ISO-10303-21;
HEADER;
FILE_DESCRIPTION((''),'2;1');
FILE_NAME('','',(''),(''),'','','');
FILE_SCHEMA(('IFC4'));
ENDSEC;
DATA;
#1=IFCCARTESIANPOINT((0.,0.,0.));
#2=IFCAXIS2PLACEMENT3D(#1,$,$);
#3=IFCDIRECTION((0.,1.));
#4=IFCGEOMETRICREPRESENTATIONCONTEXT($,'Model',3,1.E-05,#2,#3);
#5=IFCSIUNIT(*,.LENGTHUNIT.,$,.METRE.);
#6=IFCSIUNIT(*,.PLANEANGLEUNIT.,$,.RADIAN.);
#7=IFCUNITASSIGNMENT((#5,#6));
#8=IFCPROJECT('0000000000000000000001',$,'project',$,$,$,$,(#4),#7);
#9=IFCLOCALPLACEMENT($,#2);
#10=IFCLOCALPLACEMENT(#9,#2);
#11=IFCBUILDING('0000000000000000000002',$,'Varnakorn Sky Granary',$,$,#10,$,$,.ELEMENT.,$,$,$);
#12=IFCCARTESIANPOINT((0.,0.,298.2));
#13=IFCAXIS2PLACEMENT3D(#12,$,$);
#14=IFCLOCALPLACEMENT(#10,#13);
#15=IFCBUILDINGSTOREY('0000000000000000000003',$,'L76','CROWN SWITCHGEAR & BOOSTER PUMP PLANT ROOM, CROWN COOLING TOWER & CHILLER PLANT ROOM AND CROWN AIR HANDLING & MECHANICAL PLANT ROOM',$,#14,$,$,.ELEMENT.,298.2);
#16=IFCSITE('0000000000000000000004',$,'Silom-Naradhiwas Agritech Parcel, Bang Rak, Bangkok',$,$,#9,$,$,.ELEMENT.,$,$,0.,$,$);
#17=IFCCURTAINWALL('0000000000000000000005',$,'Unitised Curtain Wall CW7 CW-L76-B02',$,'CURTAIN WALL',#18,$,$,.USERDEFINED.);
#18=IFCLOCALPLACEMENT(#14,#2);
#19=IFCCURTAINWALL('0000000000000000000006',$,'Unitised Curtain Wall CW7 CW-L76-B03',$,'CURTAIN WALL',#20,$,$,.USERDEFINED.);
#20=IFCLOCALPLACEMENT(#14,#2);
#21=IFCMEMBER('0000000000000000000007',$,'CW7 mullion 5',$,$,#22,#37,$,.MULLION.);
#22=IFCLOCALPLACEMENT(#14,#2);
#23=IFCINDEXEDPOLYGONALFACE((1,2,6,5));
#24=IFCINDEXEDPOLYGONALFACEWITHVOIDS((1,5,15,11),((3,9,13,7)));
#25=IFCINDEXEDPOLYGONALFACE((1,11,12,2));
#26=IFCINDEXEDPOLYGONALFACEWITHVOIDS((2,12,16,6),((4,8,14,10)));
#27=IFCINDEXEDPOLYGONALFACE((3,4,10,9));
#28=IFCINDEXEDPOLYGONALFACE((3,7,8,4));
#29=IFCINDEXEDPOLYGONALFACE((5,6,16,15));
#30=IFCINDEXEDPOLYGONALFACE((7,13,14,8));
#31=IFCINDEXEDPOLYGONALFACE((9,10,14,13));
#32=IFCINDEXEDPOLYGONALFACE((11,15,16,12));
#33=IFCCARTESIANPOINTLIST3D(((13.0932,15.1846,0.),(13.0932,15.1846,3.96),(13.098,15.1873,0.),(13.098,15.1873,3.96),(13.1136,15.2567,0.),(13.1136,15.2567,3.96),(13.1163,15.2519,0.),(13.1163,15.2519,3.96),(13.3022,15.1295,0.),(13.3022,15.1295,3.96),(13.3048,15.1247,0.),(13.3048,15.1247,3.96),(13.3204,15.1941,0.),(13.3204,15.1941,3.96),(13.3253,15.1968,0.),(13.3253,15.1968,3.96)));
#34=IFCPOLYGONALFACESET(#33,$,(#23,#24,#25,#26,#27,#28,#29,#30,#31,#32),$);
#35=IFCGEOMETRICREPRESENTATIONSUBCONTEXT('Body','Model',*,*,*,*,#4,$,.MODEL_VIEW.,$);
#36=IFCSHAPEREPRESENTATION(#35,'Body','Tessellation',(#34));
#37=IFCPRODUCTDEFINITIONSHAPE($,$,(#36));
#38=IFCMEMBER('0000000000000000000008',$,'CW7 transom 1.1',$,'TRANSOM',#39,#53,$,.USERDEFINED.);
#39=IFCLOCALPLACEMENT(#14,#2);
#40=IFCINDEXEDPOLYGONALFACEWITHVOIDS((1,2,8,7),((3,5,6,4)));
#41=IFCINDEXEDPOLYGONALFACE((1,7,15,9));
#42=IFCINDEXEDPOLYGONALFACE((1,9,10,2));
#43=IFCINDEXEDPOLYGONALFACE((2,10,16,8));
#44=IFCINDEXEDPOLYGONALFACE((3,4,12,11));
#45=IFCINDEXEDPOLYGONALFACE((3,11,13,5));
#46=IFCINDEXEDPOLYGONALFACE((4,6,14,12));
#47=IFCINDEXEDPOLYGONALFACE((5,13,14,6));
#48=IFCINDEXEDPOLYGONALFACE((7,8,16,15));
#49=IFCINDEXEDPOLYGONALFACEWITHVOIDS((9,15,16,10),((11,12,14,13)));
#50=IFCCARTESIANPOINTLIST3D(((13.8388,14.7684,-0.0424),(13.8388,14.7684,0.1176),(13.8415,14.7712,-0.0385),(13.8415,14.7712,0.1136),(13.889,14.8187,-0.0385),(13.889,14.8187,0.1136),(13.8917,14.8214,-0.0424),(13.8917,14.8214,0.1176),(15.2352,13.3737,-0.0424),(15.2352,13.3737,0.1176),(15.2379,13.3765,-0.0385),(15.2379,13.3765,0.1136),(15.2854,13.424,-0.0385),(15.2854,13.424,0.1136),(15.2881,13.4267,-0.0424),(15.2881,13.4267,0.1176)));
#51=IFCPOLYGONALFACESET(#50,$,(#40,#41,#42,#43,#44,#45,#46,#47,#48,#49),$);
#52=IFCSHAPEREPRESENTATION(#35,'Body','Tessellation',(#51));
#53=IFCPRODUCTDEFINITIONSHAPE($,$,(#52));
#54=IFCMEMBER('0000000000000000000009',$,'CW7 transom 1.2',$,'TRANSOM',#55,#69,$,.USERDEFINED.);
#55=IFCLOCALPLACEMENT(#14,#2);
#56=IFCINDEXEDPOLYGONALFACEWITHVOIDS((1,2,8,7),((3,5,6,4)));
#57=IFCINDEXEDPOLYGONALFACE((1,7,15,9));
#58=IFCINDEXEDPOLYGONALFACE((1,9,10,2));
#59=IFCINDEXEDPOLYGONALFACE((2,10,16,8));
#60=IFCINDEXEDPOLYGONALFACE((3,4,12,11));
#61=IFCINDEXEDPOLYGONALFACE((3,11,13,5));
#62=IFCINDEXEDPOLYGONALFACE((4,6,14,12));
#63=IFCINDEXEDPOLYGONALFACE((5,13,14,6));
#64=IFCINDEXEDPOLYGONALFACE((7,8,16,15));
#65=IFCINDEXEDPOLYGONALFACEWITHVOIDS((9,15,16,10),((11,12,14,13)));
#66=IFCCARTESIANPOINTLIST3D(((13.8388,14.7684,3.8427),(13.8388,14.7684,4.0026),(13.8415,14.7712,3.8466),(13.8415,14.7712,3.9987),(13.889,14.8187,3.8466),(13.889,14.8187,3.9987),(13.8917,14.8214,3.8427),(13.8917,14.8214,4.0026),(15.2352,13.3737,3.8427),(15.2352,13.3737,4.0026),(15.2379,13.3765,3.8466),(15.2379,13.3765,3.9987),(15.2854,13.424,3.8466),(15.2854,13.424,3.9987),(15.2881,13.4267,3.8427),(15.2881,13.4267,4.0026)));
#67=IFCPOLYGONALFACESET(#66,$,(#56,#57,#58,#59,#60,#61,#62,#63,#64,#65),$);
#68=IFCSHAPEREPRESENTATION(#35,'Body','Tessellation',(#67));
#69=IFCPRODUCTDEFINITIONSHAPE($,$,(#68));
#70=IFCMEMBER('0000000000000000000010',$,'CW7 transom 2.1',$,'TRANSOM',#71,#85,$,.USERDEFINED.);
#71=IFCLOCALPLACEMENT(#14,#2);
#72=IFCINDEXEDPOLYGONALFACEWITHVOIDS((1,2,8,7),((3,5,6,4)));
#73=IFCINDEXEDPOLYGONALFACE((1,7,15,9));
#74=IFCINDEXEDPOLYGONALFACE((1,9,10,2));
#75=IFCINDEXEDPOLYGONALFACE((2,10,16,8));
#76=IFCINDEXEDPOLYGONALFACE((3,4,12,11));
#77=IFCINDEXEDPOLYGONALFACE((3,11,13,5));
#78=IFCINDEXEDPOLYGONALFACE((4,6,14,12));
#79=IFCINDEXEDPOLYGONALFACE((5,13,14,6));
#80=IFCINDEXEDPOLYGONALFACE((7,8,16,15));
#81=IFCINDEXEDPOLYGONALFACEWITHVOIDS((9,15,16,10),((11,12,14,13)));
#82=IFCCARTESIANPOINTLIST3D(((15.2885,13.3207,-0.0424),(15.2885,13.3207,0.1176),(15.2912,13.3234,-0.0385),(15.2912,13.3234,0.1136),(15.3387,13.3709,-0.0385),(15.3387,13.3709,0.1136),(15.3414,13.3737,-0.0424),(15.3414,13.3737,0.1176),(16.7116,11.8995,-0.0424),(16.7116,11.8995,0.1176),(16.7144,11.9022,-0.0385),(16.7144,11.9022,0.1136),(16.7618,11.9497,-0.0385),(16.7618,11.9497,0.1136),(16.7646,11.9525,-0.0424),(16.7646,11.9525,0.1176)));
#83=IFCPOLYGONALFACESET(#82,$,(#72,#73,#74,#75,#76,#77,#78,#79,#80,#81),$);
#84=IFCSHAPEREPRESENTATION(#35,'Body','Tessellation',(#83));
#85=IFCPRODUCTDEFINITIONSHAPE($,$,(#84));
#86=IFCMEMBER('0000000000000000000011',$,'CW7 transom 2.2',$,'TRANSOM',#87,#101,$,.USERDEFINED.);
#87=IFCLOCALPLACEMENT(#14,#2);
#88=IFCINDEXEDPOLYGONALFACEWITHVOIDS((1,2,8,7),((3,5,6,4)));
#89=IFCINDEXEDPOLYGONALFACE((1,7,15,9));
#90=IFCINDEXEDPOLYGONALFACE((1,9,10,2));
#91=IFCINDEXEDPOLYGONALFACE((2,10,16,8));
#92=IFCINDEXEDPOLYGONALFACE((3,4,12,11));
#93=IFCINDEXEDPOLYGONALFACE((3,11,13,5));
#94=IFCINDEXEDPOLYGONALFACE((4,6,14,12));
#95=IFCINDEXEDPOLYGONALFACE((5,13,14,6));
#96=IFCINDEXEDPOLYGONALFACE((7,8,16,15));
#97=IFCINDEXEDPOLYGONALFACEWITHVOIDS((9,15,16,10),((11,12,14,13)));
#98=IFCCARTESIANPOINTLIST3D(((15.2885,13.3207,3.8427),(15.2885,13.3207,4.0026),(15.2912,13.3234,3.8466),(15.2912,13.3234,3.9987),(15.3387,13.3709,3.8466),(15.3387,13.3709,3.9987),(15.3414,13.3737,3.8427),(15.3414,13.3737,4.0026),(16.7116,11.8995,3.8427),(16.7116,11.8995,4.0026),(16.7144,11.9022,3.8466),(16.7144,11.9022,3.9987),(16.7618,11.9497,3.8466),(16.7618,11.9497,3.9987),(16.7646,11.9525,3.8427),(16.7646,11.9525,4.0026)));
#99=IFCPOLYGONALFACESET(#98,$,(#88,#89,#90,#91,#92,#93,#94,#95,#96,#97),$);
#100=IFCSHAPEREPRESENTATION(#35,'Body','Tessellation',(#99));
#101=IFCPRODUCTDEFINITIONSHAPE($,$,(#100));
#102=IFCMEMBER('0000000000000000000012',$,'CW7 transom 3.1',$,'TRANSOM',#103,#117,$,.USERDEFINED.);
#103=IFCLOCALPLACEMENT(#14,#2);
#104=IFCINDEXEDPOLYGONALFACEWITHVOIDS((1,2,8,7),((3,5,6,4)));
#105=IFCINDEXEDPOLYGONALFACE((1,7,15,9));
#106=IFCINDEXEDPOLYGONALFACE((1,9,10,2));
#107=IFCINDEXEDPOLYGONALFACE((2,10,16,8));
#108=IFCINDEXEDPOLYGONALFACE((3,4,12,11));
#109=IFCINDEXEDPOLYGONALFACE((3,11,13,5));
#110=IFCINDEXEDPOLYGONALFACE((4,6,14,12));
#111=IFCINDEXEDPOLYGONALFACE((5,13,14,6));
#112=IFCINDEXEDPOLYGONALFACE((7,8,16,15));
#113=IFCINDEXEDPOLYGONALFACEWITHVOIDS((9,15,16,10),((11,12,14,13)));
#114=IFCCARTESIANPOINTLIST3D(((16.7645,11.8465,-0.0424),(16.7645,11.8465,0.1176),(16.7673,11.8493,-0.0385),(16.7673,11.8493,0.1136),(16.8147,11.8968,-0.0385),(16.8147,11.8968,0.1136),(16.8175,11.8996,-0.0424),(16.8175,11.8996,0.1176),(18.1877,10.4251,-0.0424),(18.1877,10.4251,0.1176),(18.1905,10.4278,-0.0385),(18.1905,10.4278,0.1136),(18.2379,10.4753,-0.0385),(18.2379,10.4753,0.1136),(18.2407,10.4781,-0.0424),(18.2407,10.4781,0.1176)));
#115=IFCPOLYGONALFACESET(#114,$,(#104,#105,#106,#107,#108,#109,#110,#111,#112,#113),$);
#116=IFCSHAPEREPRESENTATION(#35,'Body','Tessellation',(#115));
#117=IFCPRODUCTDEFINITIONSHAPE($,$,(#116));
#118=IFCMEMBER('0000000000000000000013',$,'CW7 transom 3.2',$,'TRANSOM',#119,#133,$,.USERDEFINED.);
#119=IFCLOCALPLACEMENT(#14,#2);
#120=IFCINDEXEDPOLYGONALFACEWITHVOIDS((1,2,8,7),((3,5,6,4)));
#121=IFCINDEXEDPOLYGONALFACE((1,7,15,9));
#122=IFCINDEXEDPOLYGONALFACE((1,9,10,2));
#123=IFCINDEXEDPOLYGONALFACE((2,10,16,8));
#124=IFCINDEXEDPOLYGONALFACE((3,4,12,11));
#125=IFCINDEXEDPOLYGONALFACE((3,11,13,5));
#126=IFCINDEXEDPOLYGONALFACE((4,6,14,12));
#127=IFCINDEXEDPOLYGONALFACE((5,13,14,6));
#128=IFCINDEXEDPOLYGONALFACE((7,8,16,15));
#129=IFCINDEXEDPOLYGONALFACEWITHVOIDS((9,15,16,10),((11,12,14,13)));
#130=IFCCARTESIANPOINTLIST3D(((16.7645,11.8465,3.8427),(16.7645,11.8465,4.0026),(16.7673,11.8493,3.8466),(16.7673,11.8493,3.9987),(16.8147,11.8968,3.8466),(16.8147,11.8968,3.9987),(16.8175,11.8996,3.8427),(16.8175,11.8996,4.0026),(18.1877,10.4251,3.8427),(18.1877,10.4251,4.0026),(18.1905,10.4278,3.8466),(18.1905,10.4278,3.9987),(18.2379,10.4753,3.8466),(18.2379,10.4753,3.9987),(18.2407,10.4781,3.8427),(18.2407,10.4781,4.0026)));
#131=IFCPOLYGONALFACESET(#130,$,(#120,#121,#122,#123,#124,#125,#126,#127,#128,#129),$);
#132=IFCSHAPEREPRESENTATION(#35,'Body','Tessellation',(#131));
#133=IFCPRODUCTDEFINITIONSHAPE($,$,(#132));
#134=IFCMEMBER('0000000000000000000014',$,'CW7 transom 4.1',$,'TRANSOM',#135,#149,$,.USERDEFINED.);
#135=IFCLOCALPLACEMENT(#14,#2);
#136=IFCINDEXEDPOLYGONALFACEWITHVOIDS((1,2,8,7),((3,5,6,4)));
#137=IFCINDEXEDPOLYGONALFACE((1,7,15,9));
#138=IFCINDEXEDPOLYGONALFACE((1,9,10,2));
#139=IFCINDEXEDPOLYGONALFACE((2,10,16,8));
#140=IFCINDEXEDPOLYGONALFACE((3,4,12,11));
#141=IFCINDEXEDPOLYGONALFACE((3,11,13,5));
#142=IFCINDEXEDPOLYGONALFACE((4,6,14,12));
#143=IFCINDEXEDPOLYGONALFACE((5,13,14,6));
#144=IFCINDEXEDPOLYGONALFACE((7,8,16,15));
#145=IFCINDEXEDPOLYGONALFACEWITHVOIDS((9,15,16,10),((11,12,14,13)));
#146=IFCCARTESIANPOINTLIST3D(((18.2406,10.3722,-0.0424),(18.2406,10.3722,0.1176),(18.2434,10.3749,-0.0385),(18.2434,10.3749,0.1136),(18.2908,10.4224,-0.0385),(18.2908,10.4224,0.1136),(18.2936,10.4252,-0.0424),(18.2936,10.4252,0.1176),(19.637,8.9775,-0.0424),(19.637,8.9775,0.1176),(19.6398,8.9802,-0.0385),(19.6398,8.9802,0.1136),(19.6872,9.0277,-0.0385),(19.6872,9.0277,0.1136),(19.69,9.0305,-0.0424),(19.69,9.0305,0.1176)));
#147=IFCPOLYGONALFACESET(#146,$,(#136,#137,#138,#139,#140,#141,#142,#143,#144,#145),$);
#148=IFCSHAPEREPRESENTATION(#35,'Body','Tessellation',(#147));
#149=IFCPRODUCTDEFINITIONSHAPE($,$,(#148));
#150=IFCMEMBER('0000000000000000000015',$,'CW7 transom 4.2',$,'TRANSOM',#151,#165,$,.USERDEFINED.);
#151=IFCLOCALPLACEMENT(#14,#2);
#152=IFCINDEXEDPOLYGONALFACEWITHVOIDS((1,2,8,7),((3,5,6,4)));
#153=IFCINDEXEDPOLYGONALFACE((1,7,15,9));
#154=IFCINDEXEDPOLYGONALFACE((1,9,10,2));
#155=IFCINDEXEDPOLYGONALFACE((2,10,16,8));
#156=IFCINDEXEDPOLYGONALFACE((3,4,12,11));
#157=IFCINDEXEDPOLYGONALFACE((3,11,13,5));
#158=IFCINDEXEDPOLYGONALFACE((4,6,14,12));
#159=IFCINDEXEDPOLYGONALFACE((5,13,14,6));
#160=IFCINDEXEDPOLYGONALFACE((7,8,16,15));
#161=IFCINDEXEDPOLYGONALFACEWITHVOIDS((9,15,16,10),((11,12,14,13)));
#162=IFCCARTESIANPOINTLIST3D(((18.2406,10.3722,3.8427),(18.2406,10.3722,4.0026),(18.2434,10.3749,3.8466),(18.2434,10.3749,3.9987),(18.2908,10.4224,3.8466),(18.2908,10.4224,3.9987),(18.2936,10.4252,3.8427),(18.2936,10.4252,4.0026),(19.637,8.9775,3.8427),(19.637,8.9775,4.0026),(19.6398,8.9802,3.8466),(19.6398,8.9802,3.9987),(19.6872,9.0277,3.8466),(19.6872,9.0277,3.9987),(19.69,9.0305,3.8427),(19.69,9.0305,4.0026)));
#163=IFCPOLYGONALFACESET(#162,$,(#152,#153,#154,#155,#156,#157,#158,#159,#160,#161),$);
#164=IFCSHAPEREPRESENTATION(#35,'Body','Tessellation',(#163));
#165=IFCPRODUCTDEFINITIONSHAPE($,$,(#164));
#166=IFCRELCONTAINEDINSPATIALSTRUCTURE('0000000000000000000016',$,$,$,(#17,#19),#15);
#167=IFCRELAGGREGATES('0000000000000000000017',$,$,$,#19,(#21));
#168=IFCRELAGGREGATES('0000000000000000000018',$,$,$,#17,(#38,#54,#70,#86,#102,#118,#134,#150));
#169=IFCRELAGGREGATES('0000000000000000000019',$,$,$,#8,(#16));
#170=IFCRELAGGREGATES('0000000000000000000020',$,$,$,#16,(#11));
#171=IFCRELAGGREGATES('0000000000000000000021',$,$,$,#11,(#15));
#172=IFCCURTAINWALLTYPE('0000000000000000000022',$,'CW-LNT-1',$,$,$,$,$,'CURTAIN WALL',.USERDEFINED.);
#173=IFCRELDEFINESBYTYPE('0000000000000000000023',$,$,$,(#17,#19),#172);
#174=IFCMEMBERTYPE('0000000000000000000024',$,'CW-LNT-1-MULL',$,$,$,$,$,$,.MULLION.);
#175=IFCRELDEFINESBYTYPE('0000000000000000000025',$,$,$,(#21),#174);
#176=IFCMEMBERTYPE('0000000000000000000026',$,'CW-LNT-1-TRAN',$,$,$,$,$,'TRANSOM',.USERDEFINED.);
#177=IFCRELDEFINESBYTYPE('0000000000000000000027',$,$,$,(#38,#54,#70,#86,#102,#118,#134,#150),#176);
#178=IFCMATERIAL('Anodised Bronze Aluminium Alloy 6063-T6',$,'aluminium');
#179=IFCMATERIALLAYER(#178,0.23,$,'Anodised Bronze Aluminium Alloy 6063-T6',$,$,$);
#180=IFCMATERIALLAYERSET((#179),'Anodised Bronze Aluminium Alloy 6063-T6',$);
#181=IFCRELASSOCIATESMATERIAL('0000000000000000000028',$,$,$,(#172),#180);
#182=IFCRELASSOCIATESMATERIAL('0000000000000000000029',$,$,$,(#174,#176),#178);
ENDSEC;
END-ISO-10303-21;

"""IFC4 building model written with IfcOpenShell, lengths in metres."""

from ifc_helpers import new_model, si_unit, direction, frame, origin, origin_2d, place, context, subcontext, project, spatial, hollow_rectangle, extrude, material, layer, layer_set, material_profile, profile_set, type_object, element, aggregate, save


model = new_model("IFC4")

# Units and contexts
model_context = context("Model", 3, precision=1e-05, world=origin(), true_north=direction((0.0, 1.0)))
body_context = subcontext(model_context, "Body", "Model", "MODEL_VIEW")
ifc_project = project(units=[si_unit("LENGTHUNIT", "METRE"), si_unit("PLANEANGLEUNIT", "RADIAN")], contexts=[model_context])

# Site, building, storey
site_placement = place(None, origin())
site = spatial("IfcSite", under=ifc_project, at=site_placement, Name="Silom-Naradhiwas Agritech Parcel, Bang Rak, Bangkok", CompositionType="ELEMENT", RefElevation=0.0)
building_placement = place(site_placement, origin())
building = spatial("IfcBuilding", under=site, at=building_placement, Name="Varnakorn Sky Granary", CompositionType="ELEMENT")
storey_placement = place(building_placement, frame((0.0, 0.0, 298.2)))
storey = spatial("IfcBuildingStorey", under=building, at=storey_placement, Name="L76", Description="CROWN SWITCHGEAR & BOOSTER PUMP PLANT ROOM, CROWN COOLING TOWER & CHILLER PLANT ROOM AND CROWN AIR HANDLING & MECHANICAL PLANT ROOM", CompositionType="ELEMENT", Elevation=298.2)

# Curtain wall
ifc_material_1 = material(Name="Anodised Bronze Aluminium Alloy 6063-T6", Category="aluminium")
ifc_layer_1 = layer(ifc_material_1, 0.23, Name="Anodised Bronze Aluminium Alloy 6063-T6")
ifc_layer_set_1 = layer_set([ifc_layer_1], Name="Anodised Bronze Aluminium Alloy 6063-T6")
curtain_wall_type = type_object("IfcCurtainWallType", Name="CW-LNT-1", ElementType="CURTAIN WALL", PredefinedType="USERDEFINED", material=ifc_layer_set_1)
curtain_wall_1_placement = place(storey_placement, origin())
curtain_wall_1 = element("IfcCurtainWall", 1, at=curtain_wall_1_placement, inside=storey, type_object=curtain_wall_type, Name="Unitised Curtain Wall CW7 CW-L76-B02", ObjectType="CURTAIN WALL", PredefinedType="USERDEFINED")
ifc_material_profile_1 = material_profile(ifc_material_1, hollow_rectangle(XDim=0.075, YDim=0.22, WallThickness=0.0039, at=origin_2d()), Name="ALU MULL 75x220")
ifc_profile_set_1 = profile_set([ifc_material_profile_1], Name="Anodised Bronze Aluminium Alloy 6063-T6")
member_type_1 = type_object("IfcMemberType", Name="CW-LNT-1-MULL", PredefinedType="MULLION", material=ifc_profile_set_1)

# Curtain wall, member
curtain_wall_2_placement = place(storey_placement, origin())
curtain_wall_2 = element("IfcCurtainWall", 2, at=curtain_wall_2_placement, inside=storey, type_object=curtain_wall_type, Name="Unitised Curtain Wall CW7 CW-L76-B03", ObjectType="CURTAIN WALL", PredefinedType="USERDEFINED")
member_1_placement = place(storey_placement, frame((13.2092, 15.1907, 0.0), z_axis=(0.0, 0.0, 1.0), x_axis=(0.272381, 0.962189, 0.0)))
member_1 = element("IfcMember", 3, at=member_1_placement, type_object=member_type_1, Name="CW7 mullion 5", PredefinedType="MULLION", context=body_context, shape_type="SweptSolid", body=[
    extrude(hollow_rectangle(XDim=0.075, YDim=0.22, WallThickness=0.0039, at=origin_2d()), origin(), (0.0, 0.0, 1.0), 3.96),
])

# Members
ifc_material_profile_2 = material_profile(ifc_material_1, hollow_rectangle(XDim=0.075, YDim=0.1599, WallThickness=0.0039, at=origin_2d()), Name="ALU TRAN 75x160")
ifc_profile_set_2 = profile_set([ifc_material_profile_2], Name="Anodised Bronze Aluminium Alloy 6063-T6")
member_type_2 = type_object("IfcMemberType", Name="CW-LNT-1-TRAN", ElementType="TRANSOM", PredefinedType="USERDEFINED", material=ifc_profile_set_2)
member_2_placement = place(storey_placement, frame((13.8652, 14.7949, 0.0376), z_axis=(0.70754, -0.706674, 0.0), x_axis=(0.706674, 0.70754, 0.0)))
member_2 = element("IfcMember", 4, at=member_2_placement, type_object=member_type_2, Name="CW7 transom 1.1", ObjectType="TRANSOM", PredefinedType="USERDEFINED", context=body_context, shape_type="SweptSolid", body=[
    extrude(hollow_rectangle(XDim=0.075, YDim=0.1599, WallThickness=0.0039, at=origin_2d()), origin(), (0.0, 0.0, 1.0), 1.9736),
])
member_3_placement = place(storey_placement, frame((13.8652, 14.7949, 3.9226), z_axis=(0.70754, -0.706674, 0.0), x_axis=(0.706674, 0.70754, 0.0)))
member_3 = element("IfcMember", 5, at=member_3_placement, type_object=member_type_2, Name="CW7 transom 1.2", ObjectType="TRANSOM", PredefinedType="USERDEFINED", context=body_context, shape_type="SweptSolid", body=[
    extrude(hollow_rectangle(XDim=0.075, YDim=0.1599, WallThickness=0.0039, at=origin_2d()), origin(), (0.0, 0.0, 1.0), 1.9736),
])
member_4_placement = place(storey_placement, frame((15.3149, 13.3472, 0.0376), z_axis=(0.707592, -0.706621, 0.0), x_axis=(0.706621, 0.707592, 0.0)))
member_4 = element("IfcMember", 6, at=member_4_placement, type_object=member_type_2, Name="CW7 transom 2.1", ObjectType="TRANSOM", PredefinedType="USERDEFINED", context=body_context, shape_type="SweptSolid", body=[
    extrude(hollow_rectangle(XDim=0.075, YDim=0.1599, WallThickness=0.0039, at=origin_2d()), origin(), (0.0, 0.0, 1.0), 2.0112),
])
member_5_placement = place(storey_placement, frame((15.3149, 13.3472, 3.9226), z_axis=(0.707592, -0.706621, 0.0), x_axis=(0.706621, 0.707592, 0.0)))
member_5 = element("IfcMember", 7, at=member_5_placement, type_object=member_type_2, Name="CW7 transom 2.2", ObjectType="TRANSOM", PredefinedType="USERDEFINED", context=body_context, shape_type="SweptSolid", body=[
    extrude(hollow_rectangle(XDim=0.075, YDim=0.1599, WallThickness=0.0039, at=origin_2d()), origin(), (0.0, 0.0, 1.0), 2.0112),
])
member_6_placement = place(storey_placement, frame((16.791, 11.873, 0.0376), z_axis=(0.707531, -0.706682, 0.0), x_axis=(0.706682, 0.707531, 0.0)))
member_6 = element("IfcMember", 8, at=member_6_placement, type_object=member_type_2, Name="CW7 transom 3.1", ObjectType="TRANSOM", PredefinedType="USERDEFINED", context=body_context, shape_type="SweptSolid", body=[
    extrude(hollow_rectangle(XDim=0.075, YDim=0.1599, WallThickness=0.0039, at=origin_2d()), origin(), (0.0, 0.0, 1.0), 2.0115),
])
member_7_placement = place(storey_placement, frame((16.791, 11.873, 3.9226), z_axis=(0.707531, -0.706682, 0.0), x_axis=(0.706682, 0.707531, 0.0)))
member_7 = element("IfcMember", 9, at=member_7_placement, type_object=member_type_2, Name="CW7 transom 3.2", ObjectType="TRANSOM", PredefinedType="USERDEFINED", context=body_context, shape_type="SweptSolid", body=[
    extrude(hollow_rectangle(XDim=0.075, YDim=0.1599, WallThickness=0.0039, at=origin_2d()), origin(), (0.0, 0.0, 1.0), 2.0115),
])
member_8_placement = place(storey_placement, frame((18.2671, 10.3987, 0.0376), z_axis=(0.70754, -0.706674, 0.0), x_axis=(0.706674, 0.70754, 0.0)))
member_8 = element("IfcMember", 10, at=member_8_placement, type_object=member_type_2, Name="CW7 transom 4.1", ObjectType="TRANSOM", PredefinedType="USERDEFINED", context=body_context, shape_type="SweptSolid", body=[
    extrude(hollow_rectangle(XDim=0.075, YDim=0.1599, WallThickness=0.0039, at=origin_2d()), origin(), (0.0, 0.0, 1.0), 1.9736),
])
member_9_placement = place(storey_placement, frame((18.2671, 10.3987, 3.9226), z_axis=(0.70754, -0.706674, 0.0), x_axis=(0.706674, 0.70754, 0.0)))
member_9 = element("IfcMember", 11, at=member_9_placement, type_object=member_type_2, Name="CW7 transom 4.2", ObjectType="TRANSOM", PredefinedType="USERDEFINED", context=body_context, shape_type="SweptSolid", body=[
    extrude(hollow_rectangle(XDim=0.075, YDim=0.1599, WallThickness=0.0039, at=origin_2d()), origin(), (0.0, 0.0, 1.0), 1.9736),
])

aggregate(curtain_wall_2, [member_1])
aggregate(curtain_wall_1, [member_2, member_3, member_4, member_5, member_6, member_7, member_8, member_9])

save(model, "model.ifc")
